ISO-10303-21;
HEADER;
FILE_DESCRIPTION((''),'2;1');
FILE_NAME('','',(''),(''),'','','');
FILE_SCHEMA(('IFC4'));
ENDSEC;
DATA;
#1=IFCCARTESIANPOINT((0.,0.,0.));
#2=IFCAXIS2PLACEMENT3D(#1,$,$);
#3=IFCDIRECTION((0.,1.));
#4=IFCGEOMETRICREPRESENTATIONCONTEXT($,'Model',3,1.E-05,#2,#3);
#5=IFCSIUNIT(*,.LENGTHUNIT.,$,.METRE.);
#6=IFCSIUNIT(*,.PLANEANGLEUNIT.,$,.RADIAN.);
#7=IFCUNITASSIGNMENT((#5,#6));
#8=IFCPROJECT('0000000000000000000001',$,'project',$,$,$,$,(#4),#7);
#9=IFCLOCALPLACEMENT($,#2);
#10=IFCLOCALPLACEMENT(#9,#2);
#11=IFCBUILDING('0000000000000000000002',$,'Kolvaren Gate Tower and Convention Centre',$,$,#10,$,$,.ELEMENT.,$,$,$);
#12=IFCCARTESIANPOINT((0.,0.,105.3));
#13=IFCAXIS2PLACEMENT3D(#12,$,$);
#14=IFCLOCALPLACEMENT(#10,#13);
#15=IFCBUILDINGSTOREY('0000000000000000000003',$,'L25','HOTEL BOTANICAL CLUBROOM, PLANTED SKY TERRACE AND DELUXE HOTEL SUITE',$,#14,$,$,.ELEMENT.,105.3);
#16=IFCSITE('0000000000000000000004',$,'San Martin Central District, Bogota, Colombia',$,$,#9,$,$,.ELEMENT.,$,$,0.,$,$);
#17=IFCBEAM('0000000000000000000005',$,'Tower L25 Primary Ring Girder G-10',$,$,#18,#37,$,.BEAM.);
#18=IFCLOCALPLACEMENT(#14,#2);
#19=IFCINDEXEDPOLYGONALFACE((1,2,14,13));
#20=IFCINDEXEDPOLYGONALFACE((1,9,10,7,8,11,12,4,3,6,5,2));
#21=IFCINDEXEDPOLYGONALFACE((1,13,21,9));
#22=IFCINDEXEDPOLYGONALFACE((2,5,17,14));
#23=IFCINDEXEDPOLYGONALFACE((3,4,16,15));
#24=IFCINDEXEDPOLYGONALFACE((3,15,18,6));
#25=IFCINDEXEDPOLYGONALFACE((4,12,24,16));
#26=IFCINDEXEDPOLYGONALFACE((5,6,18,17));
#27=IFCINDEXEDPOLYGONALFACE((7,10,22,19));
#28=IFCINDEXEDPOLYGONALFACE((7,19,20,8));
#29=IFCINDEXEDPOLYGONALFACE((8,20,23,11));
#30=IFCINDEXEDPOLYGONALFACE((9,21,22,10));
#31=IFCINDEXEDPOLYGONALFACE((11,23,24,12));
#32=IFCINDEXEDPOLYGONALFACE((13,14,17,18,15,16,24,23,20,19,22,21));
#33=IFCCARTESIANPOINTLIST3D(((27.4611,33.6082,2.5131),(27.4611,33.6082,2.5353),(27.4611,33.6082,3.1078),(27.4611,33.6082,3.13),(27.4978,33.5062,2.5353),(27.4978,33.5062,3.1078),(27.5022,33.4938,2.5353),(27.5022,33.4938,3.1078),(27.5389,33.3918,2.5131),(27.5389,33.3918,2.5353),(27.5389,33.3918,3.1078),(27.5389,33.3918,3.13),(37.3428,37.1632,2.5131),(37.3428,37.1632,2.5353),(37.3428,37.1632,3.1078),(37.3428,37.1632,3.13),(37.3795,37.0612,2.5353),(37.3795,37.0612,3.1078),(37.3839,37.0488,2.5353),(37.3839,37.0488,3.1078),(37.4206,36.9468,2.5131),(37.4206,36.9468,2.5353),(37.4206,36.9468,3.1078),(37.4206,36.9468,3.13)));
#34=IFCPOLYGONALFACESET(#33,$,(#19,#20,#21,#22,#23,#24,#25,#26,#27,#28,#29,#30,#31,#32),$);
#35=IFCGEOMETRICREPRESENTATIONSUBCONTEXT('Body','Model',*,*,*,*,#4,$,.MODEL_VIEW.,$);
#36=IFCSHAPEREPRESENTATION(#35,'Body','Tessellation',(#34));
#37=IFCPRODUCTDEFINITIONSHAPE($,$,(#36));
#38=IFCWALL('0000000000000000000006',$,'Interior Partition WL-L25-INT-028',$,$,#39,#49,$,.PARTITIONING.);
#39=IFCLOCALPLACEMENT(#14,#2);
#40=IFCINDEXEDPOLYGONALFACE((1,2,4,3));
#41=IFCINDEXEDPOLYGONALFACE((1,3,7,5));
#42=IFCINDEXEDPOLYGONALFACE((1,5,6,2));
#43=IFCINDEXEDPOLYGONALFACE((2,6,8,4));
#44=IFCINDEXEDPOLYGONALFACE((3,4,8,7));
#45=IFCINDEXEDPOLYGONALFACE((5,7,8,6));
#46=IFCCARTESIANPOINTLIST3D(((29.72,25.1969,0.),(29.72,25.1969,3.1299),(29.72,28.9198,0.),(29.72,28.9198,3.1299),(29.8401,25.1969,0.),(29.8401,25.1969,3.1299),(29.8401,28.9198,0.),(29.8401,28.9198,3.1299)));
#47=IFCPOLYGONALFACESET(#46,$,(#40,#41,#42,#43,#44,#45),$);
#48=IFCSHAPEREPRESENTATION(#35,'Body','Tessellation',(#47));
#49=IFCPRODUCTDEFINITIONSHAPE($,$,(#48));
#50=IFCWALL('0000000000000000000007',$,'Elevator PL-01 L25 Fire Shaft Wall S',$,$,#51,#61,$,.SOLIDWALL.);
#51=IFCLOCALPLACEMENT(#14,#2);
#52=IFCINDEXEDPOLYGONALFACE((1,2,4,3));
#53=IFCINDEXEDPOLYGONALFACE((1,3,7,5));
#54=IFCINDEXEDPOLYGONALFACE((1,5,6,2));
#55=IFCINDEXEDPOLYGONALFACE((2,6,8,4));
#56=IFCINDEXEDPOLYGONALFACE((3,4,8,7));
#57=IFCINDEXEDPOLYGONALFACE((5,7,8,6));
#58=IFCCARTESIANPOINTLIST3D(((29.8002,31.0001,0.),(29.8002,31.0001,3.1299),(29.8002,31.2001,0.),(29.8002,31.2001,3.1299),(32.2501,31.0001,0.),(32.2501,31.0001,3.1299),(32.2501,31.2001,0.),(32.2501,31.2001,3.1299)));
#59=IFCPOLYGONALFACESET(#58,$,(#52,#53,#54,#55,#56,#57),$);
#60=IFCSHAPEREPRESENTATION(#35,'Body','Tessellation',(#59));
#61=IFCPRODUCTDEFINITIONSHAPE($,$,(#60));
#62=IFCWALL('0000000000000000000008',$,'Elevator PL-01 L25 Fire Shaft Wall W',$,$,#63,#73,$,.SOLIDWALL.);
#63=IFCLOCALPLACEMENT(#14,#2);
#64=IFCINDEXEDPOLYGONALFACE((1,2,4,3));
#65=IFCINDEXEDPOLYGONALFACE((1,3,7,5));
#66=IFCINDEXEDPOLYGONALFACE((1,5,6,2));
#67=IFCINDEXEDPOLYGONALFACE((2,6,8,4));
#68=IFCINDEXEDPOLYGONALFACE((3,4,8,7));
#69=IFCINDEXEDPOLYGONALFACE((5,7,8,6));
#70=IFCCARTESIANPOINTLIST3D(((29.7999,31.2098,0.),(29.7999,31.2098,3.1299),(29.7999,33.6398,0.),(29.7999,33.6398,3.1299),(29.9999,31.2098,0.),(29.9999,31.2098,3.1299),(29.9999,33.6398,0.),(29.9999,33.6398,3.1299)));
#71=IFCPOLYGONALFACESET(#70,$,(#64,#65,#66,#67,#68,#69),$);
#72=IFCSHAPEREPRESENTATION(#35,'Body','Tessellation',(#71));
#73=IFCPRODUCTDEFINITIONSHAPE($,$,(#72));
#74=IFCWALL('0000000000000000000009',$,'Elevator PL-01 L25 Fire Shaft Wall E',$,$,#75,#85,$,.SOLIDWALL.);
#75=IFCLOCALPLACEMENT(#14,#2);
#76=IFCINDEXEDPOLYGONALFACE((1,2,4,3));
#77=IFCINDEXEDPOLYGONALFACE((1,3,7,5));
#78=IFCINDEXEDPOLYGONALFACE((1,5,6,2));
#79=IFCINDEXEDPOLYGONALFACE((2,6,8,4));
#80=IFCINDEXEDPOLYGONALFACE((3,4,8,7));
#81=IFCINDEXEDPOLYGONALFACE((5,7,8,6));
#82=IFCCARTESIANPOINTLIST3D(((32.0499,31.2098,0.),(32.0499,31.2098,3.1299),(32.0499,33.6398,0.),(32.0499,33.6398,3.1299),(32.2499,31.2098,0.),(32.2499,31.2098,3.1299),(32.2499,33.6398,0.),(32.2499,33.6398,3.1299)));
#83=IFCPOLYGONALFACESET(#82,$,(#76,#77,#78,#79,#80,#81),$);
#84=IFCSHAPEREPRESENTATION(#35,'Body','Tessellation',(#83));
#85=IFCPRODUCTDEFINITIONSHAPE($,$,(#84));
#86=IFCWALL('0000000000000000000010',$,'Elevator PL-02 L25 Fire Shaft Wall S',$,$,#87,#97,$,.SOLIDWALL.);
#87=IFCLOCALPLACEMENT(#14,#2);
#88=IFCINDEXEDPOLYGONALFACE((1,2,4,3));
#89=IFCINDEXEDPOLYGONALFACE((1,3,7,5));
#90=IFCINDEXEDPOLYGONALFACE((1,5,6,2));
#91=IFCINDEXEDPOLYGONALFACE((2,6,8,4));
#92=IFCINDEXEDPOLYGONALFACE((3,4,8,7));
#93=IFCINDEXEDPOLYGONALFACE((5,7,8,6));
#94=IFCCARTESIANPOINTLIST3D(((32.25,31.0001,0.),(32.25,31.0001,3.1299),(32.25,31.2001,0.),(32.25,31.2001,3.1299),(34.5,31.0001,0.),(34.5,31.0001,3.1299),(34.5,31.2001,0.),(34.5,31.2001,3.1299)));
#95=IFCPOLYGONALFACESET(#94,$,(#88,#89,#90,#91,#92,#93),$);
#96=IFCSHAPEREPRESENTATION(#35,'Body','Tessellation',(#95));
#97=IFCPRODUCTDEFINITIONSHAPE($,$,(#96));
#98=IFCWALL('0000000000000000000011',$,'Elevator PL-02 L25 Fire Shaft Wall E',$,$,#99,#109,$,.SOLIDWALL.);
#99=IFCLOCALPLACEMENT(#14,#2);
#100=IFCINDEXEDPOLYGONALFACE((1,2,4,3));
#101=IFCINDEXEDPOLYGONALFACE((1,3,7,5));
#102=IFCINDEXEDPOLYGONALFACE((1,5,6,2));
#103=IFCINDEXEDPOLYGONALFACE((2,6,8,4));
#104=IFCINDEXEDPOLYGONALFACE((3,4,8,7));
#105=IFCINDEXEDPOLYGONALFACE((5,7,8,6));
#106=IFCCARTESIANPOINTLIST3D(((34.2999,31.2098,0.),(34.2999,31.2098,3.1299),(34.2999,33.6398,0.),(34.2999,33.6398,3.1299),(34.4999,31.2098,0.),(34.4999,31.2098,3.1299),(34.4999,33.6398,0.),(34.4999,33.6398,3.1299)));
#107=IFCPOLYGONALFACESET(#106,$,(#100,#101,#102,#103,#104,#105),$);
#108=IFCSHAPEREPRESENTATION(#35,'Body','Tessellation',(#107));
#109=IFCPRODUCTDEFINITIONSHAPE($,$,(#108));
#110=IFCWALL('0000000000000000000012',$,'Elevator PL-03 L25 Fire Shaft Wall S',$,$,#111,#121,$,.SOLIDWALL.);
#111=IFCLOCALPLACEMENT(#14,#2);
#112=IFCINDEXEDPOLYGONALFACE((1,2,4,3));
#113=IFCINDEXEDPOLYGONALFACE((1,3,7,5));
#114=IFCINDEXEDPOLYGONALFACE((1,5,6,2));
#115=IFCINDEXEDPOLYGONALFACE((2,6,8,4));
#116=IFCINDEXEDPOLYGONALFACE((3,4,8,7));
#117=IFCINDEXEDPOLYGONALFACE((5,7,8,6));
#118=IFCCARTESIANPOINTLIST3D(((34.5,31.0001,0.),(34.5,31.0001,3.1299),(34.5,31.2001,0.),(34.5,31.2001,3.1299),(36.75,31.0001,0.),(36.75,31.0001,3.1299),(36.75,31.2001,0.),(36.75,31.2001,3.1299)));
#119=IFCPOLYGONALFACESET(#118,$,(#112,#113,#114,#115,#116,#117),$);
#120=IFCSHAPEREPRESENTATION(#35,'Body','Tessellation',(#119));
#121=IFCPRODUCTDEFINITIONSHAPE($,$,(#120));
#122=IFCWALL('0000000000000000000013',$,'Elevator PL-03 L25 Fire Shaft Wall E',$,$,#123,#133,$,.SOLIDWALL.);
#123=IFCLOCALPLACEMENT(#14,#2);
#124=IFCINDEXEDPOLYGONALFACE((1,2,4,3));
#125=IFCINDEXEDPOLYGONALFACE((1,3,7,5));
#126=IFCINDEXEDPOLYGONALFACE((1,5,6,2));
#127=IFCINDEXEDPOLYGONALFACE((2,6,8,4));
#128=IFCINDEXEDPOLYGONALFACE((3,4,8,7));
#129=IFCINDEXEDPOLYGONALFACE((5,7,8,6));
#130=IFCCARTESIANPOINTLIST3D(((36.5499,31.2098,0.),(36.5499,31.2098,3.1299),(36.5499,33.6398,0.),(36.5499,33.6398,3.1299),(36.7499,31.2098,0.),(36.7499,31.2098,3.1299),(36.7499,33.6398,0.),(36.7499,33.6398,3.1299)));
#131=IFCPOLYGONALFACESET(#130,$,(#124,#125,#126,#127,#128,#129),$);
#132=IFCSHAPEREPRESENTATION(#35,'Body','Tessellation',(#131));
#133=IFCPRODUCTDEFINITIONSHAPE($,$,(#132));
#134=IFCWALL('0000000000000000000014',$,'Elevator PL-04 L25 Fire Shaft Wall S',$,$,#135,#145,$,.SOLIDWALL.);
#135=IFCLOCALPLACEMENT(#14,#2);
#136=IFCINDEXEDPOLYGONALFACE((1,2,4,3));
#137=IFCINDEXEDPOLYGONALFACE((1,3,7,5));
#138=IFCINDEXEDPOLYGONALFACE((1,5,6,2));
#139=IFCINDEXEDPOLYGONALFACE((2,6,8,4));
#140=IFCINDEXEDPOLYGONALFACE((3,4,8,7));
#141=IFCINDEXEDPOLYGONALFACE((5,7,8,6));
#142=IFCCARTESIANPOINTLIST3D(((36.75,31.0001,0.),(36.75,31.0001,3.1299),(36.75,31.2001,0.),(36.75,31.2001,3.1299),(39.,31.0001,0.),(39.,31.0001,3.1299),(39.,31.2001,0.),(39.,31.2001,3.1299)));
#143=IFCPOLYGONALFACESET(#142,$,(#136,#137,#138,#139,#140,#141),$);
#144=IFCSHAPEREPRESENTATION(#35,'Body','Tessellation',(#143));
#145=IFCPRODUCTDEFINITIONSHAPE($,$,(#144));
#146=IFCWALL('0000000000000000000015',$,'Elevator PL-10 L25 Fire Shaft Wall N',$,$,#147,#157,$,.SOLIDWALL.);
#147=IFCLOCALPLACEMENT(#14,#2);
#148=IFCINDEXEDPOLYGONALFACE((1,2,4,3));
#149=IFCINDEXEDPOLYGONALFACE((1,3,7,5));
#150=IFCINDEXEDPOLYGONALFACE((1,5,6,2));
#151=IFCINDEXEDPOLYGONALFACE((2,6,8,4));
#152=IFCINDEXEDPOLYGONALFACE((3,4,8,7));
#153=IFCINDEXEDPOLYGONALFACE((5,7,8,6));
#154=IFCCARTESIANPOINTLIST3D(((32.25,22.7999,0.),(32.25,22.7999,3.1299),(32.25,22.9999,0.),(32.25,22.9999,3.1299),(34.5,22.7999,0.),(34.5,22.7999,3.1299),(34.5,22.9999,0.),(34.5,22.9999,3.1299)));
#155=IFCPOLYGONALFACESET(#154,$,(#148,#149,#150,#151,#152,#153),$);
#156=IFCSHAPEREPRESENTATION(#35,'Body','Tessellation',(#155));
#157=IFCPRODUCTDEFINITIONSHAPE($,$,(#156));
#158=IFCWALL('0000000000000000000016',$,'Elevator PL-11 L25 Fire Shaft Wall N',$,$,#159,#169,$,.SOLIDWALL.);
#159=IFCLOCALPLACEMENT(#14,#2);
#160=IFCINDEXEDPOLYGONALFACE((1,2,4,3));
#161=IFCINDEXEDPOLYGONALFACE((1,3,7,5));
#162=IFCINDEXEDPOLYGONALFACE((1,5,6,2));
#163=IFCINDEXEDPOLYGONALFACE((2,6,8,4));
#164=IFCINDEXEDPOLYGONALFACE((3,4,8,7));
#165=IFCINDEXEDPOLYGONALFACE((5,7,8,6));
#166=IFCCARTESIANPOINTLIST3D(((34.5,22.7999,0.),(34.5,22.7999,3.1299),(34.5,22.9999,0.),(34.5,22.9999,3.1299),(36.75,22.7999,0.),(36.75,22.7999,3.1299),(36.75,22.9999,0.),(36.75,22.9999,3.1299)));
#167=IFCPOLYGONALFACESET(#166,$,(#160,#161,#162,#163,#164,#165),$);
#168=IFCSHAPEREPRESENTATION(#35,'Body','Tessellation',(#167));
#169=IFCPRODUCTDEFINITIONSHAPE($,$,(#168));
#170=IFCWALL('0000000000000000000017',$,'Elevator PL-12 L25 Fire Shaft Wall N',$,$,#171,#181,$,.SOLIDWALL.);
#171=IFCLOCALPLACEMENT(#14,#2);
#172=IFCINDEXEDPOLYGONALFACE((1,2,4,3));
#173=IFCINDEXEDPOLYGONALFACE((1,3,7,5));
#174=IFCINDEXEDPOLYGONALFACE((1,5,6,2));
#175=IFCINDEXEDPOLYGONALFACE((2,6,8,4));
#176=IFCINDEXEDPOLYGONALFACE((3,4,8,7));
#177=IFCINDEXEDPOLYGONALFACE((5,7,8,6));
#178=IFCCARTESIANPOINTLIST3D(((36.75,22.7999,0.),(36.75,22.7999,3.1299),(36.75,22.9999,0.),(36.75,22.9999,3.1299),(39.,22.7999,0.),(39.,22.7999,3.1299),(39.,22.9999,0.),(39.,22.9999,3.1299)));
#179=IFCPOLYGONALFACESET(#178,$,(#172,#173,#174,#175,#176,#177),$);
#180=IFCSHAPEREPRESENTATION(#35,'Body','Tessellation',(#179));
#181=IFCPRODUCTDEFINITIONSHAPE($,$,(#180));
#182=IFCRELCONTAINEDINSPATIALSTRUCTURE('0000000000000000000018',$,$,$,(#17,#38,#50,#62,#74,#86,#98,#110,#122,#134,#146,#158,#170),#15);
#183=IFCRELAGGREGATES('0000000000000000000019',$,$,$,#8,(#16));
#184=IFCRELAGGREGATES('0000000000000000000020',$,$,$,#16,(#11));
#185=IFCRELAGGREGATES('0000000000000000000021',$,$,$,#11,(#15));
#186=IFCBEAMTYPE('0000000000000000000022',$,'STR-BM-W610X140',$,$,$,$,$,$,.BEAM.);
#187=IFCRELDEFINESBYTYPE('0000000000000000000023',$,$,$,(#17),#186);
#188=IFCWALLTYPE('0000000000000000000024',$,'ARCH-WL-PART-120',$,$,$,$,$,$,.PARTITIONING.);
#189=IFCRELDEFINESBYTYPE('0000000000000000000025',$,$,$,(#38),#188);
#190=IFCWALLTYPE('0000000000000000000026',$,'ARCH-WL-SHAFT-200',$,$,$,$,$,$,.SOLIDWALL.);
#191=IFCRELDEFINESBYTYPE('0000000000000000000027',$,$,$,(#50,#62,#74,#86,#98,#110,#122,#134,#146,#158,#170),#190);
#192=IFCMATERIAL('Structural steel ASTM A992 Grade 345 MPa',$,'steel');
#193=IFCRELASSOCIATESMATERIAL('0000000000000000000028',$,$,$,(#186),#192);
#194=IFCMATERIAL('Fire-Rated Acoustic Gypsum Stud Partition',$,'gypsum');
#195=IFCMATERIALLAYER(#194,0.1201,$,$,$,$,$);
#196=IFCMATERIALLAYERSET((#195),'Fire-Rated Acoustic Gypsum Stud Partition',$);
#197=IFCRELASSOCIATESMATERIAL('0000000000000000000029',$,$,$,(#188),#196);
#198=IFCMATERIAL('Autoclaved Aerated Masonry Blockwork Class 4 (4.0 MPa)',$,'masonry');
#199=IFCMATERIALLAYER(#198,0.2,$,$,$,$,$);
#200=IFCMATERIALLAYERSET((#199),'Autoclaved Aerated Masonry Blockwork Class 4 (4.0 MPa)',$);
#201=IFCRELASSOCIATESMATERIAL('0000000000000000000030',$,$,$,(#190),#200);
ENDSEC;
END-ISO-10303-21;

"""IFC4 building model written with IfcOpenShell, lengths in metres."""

from ifc_helpers import new_model, si_unit, direction, frame, frame_2d, origin, origin_2d, place, context, subcontext, project, spatial, rectangle, i_section, extrude, material, layer, layer_set, material_profile, profile_set, type_object, element, save


model = new_model("IFC4")

# Units and contexts
model_context = context("Model", 3, precision=1e-05, world=origin(), true_north=direction((0.0, 1.0)))
body_context = subcontext(model_context, "Body", "Model", "MODEL_VIEW")
ifc_project = project(units=[si_unit("LENGTHUNIT", "METRE"), si_unit("PLANEANGLEUNIT", "RADIAN")], contexts=[model_context])

# Site, building, storey
site_placement = place(None, origin())
site = spatial("IfcSite", under=ifc_project, at=site_placement, Name="San Martin Central District, Bogota, Colombia", CompositionType="ELEMENT", RefElevation=0.0)
building_placement = place(site_placement, origin())
building = spatial("IfcBuilding", under=site, at=building_placement, Name="Kolvaren Gate Tower and Convention Centre", CompositionType="ELEMENT")
storey_placement = place(building_placement, frame((0.0, 0.0, 105.3)))
storey = spatial("IfcBuildingStorey", under=building, at=storey_placement, Name="L25", Description="HOTEL BOTANICAL CLUBROOM, PLANTED SKY TERRACE AND DELUXE HOTEL SUITE", CompositionType="ELEMENT", Elevation=105.3)

# Beam
ifc_material_1 = material(Name="Structural steel ASTM A992 Grade 345 MPa", Category="steel")
ifc_material_profile = material_profile(ifc_material_1, i_section(OverallWidth=0.23, OverallDepth=0.6169, WebThickness=0.0132, FlangeThickness=0.0222, at=origin_2d()), Name="W610X140")
ifc_profile_set = profile_set([ifc_material_profile], Name="Structural steel ASTM A992 Grade 345 MPa")
beam_type = type_object("IfcBeamType", Name="STR-BM-W610X140", PredefinedType="BEAM", material=ifc_profile_set)
beam_placement = place(storey_placement, frame((27.5, 33.5, 2.8215), z_axis=(0.940961, 0.338514, 0.0), x_axis=(-0.338514, 0.940961, 0.0)))
element("IfcBeam", 1, at=beam_placement, inside=storey, type_object=beam_type, Name="Tower L25 Primary Ring Girder G-10", PredefinedType="BEAM", context=body_context, shape_type="SweptSolid", body=[
    extrude(i_section(OverallWidth=0.23, OverallDepth=0.6169, WebThickness=0.0132, FlangeThickness=0.0222, at=origin_2d()), origin(), (0.0, 0.0, 1.0), 10.5017),
])

# Walls
ifc_material_2 = material(Name="Fire-Rated Acoustic Gypsum Stud Partition", Category="gypsum")
ifc_layer_1 = layer(ifc_material_2, 0.1201)
ifc_layer_set_1 = layer_set([ifc_layer_1], Name="Fire-Rated Acoustic Gypsum Stud Partition")
wall_type_1 = type_object("IfcWallType", Name="ARCH-WL-PART-120", PredefinedType="PARTITIONING", material=ifc_layer_set_1)
wall_1_placement = place(storey_placement, frame((29.78, 25.197, 0.0), z_axis=(0.0, 0.0, 1.0), x_axis=(0.0, 1.0, 0.0)))
element("IfcWall", 2, at=wall_1_placement, inside=storey, type_object=wall_type_1, Name="Interior Partition WL-L25-INT-028", PredefinedType="PARTITIONING", context=body_context, shape_type="SweptSolid", body=[
    extrude(rectangle(XDim=3.7229, YDim=0.1201, at=frame_2d((1.8613, 0.0))), origin(), (0.0, 0.0, 1.0), 3.1299),
])
ifc_material_3 = material(Name="Autoclaved Aerated Masonry Blockwork Class 4 (4.0 MPa)", Category="masonry")
ifc_layer_2 = layer(ifc_material_3, 0.2)
ifc_layer_set_2 = layer_set([ifc_layer_2], Name="Autoclaved Aerated Masonry Blockwork Class 4 (4.0 MPa)")
wall_type_2 = type_object("IfcWallType", Name="ARCH-WL-SHAFT-200", PredefinedType="SOLIDWALL", material=ifc_layer_set_2)
wall_2_placement = place(storey_placement, frame((29.8, 31.1001, 0.0), z_axis=(0.0, 0.0, 1.0), x_axis=(1.0, 0.0, 0.0)))
element("IfcWall", 3, at=wall_2_placement, inside=storey, type_object=wall_type_2, Name="Elevator PL-01 L25 Fire Shaft Wall S", PredefinedType="SOLIDWALL", context=body_context, shape_type="SweptSolid", body=[
    extrude(rectangle(XDim=2.45, YDim=0.2, at=frame_2d((1.2251, 0.0))), origin(), (0.0, 0.0, 1.0), 3.1299),
])
for number, where, z_axis, x_axis, name in (
    (4, (29.8999, 31.21, 0.0), (0.0, 0.0, 1.0), (0.0, 1.0, 0.0), "Elevator PL-01 L25 Fire Shaft Wall W"),
    (5, (32.1499, 31.21, 0.0), (0.0, 0.0, 1.0), (0.0, 1.0, 0.0), "Elevator PL-01 L25 Fire Shaft Wall E"),
):
    element("IfcWall", number, at=place(storey_placement, frame(where, z_axis=z_axis, x_axis=x_axis)), inside=storey, type_object=wall_type_2, Name=name, PredefinedType="SOLIDWALL", context=body_context, shape_type="SweptSolid", body=[
        extrude(rectangle(XDim=2.4299, YDim=0.2, at=frame_2d((1.2148, 0.0))), origin(), (0.0, 0.0, 1.0), 3.1299),
    ])
wall_3_placement = place(storey_placement, frame((32.25, 31.1001, 0.0), z_axis=(0.0, 0.0, 1.0), x_axis=(1.0, 0.0, 0.0)))
element("IfcWall", 6, at=wall_3_placement, inside=storey, type_object=wall_type_2, Name="Elevator PL-02 L25 Fire Shaft Wall S", PredefinedType="SOLIDWALL", context=body_context, shape_type="SweptSolid", body=[
    extrude(rectangle(XDim=2.25, YDim=0.2, at=frame_2d((1.125, 0.0))), origin(), (0.0, 0.0, 1.0), 3.1299),
])
wall_4_placement = place(storey_placement, frame((34.3999, 31.21, 0.0), z_axis=(0.0, 0.0, 1.0), x_axis=(0.0, 1.0, 0.0)))
element("IfcWall", 7, at=wall_4_placement, inside=storey, type_object=wall_type_2, Name="Elevator PL-02 L25 Fire Shaft Wall E", PredefinedType="SOLIDWALL", context=body_context, shape_type="SweptSolid", body=[
    extrude(rectangle(XDim=2.4299, YDim=0.2, at=frame_2d((1.2148, 0.0))), origin(), (0.0, 0.0, 1.0), 3.1299),
])
wall_5_placement = place(storey_placement, frame((34.5, 31.1001, 0.0), z_axis=(0.0, 0.0, 1.0), x_axis=(1.0, 0.0, 0.0)))
element("IfcWall", 8, at=wall_5_placement, inside=storey, type_object=wall_type_2, Name="Elevator PL-03 L25 Fire Shaft Wall S", PredefinedType="SOLIDWALL", context=body_context, shape_type="SweptSolid", body=[
    extrude(rectangle(XDim=2.25, YDim=0.2, at=frame_2d((1.125, 0.0))), origin(), (0.0, 0.0, 1.0), 3.1299),
])
wall_6_placement = place(storey_placement, frame((36.6499, 31.21, 0.0), z_axis=(0.0, 0.0, 1.0), x_axis=(0.0, 1.0, 0.0)))
element("IfcWall", 9, at=wall_6_placement, inside=storey, type_object=wall_type_2, Name="Elevator PL-03 L25 Fire Shaft Wall E", PredefinedType="SOLIDWALL", context=body_context, shape_type="SweptSolid", body=[
    extrude(rectangle(XDim=2.4299, YDim=0.2, at=frame_2d((1.2148, 0.0))), origin(), (0.0, 0.0, 1.0), 3.1299),
])
for number, where, z_axis, x_axis, name in (
    (10, (36.75, 31.1001, 0.0), (0.0, 0.0, 1.0), (1.0, 0.0, 0.0), "Elevator PL-04 L25 Fire Shaft Wall S"),
    (11, (32.25, 22.8999, 0.0), (0.0, 0.0, 1.0), (1.0, 0.0, 0.0), "Elevator PL-10 L25 Fire Shaft Wall N"),
    (12, (34.5, 22.8999, 0.0), (0.0, 0.0, 1.0), (1.0, 0.0, 0.0), "Elevator PL-11 L25 Fire Shaft Wall N"),
    (13, (36.75, 22.8999, 0.0), (0.0, 0.0, 1.0), (1.0, 0.0, 0.0), "Elevator PL-12 L25 Fire Shaft Wall N"),
):
    element("IfcWall", number, at=place(storey_placement, frame(where, z_axis=z_axis, x_axis=x_axis)), inside=storey, type_object=wall_type_2, Name=name, PredefinedType="SOLIDWALL", context=body_context, shape_type="SweptSolid", body=[
        extrude(rectangle(XDim=2.25, YDim=0.2, at=frame_2d((1.125, 0.0))), origin(), (0.0, 0.0, 1.0), 3.1299),
    ])

save(model, "model.ifc")
